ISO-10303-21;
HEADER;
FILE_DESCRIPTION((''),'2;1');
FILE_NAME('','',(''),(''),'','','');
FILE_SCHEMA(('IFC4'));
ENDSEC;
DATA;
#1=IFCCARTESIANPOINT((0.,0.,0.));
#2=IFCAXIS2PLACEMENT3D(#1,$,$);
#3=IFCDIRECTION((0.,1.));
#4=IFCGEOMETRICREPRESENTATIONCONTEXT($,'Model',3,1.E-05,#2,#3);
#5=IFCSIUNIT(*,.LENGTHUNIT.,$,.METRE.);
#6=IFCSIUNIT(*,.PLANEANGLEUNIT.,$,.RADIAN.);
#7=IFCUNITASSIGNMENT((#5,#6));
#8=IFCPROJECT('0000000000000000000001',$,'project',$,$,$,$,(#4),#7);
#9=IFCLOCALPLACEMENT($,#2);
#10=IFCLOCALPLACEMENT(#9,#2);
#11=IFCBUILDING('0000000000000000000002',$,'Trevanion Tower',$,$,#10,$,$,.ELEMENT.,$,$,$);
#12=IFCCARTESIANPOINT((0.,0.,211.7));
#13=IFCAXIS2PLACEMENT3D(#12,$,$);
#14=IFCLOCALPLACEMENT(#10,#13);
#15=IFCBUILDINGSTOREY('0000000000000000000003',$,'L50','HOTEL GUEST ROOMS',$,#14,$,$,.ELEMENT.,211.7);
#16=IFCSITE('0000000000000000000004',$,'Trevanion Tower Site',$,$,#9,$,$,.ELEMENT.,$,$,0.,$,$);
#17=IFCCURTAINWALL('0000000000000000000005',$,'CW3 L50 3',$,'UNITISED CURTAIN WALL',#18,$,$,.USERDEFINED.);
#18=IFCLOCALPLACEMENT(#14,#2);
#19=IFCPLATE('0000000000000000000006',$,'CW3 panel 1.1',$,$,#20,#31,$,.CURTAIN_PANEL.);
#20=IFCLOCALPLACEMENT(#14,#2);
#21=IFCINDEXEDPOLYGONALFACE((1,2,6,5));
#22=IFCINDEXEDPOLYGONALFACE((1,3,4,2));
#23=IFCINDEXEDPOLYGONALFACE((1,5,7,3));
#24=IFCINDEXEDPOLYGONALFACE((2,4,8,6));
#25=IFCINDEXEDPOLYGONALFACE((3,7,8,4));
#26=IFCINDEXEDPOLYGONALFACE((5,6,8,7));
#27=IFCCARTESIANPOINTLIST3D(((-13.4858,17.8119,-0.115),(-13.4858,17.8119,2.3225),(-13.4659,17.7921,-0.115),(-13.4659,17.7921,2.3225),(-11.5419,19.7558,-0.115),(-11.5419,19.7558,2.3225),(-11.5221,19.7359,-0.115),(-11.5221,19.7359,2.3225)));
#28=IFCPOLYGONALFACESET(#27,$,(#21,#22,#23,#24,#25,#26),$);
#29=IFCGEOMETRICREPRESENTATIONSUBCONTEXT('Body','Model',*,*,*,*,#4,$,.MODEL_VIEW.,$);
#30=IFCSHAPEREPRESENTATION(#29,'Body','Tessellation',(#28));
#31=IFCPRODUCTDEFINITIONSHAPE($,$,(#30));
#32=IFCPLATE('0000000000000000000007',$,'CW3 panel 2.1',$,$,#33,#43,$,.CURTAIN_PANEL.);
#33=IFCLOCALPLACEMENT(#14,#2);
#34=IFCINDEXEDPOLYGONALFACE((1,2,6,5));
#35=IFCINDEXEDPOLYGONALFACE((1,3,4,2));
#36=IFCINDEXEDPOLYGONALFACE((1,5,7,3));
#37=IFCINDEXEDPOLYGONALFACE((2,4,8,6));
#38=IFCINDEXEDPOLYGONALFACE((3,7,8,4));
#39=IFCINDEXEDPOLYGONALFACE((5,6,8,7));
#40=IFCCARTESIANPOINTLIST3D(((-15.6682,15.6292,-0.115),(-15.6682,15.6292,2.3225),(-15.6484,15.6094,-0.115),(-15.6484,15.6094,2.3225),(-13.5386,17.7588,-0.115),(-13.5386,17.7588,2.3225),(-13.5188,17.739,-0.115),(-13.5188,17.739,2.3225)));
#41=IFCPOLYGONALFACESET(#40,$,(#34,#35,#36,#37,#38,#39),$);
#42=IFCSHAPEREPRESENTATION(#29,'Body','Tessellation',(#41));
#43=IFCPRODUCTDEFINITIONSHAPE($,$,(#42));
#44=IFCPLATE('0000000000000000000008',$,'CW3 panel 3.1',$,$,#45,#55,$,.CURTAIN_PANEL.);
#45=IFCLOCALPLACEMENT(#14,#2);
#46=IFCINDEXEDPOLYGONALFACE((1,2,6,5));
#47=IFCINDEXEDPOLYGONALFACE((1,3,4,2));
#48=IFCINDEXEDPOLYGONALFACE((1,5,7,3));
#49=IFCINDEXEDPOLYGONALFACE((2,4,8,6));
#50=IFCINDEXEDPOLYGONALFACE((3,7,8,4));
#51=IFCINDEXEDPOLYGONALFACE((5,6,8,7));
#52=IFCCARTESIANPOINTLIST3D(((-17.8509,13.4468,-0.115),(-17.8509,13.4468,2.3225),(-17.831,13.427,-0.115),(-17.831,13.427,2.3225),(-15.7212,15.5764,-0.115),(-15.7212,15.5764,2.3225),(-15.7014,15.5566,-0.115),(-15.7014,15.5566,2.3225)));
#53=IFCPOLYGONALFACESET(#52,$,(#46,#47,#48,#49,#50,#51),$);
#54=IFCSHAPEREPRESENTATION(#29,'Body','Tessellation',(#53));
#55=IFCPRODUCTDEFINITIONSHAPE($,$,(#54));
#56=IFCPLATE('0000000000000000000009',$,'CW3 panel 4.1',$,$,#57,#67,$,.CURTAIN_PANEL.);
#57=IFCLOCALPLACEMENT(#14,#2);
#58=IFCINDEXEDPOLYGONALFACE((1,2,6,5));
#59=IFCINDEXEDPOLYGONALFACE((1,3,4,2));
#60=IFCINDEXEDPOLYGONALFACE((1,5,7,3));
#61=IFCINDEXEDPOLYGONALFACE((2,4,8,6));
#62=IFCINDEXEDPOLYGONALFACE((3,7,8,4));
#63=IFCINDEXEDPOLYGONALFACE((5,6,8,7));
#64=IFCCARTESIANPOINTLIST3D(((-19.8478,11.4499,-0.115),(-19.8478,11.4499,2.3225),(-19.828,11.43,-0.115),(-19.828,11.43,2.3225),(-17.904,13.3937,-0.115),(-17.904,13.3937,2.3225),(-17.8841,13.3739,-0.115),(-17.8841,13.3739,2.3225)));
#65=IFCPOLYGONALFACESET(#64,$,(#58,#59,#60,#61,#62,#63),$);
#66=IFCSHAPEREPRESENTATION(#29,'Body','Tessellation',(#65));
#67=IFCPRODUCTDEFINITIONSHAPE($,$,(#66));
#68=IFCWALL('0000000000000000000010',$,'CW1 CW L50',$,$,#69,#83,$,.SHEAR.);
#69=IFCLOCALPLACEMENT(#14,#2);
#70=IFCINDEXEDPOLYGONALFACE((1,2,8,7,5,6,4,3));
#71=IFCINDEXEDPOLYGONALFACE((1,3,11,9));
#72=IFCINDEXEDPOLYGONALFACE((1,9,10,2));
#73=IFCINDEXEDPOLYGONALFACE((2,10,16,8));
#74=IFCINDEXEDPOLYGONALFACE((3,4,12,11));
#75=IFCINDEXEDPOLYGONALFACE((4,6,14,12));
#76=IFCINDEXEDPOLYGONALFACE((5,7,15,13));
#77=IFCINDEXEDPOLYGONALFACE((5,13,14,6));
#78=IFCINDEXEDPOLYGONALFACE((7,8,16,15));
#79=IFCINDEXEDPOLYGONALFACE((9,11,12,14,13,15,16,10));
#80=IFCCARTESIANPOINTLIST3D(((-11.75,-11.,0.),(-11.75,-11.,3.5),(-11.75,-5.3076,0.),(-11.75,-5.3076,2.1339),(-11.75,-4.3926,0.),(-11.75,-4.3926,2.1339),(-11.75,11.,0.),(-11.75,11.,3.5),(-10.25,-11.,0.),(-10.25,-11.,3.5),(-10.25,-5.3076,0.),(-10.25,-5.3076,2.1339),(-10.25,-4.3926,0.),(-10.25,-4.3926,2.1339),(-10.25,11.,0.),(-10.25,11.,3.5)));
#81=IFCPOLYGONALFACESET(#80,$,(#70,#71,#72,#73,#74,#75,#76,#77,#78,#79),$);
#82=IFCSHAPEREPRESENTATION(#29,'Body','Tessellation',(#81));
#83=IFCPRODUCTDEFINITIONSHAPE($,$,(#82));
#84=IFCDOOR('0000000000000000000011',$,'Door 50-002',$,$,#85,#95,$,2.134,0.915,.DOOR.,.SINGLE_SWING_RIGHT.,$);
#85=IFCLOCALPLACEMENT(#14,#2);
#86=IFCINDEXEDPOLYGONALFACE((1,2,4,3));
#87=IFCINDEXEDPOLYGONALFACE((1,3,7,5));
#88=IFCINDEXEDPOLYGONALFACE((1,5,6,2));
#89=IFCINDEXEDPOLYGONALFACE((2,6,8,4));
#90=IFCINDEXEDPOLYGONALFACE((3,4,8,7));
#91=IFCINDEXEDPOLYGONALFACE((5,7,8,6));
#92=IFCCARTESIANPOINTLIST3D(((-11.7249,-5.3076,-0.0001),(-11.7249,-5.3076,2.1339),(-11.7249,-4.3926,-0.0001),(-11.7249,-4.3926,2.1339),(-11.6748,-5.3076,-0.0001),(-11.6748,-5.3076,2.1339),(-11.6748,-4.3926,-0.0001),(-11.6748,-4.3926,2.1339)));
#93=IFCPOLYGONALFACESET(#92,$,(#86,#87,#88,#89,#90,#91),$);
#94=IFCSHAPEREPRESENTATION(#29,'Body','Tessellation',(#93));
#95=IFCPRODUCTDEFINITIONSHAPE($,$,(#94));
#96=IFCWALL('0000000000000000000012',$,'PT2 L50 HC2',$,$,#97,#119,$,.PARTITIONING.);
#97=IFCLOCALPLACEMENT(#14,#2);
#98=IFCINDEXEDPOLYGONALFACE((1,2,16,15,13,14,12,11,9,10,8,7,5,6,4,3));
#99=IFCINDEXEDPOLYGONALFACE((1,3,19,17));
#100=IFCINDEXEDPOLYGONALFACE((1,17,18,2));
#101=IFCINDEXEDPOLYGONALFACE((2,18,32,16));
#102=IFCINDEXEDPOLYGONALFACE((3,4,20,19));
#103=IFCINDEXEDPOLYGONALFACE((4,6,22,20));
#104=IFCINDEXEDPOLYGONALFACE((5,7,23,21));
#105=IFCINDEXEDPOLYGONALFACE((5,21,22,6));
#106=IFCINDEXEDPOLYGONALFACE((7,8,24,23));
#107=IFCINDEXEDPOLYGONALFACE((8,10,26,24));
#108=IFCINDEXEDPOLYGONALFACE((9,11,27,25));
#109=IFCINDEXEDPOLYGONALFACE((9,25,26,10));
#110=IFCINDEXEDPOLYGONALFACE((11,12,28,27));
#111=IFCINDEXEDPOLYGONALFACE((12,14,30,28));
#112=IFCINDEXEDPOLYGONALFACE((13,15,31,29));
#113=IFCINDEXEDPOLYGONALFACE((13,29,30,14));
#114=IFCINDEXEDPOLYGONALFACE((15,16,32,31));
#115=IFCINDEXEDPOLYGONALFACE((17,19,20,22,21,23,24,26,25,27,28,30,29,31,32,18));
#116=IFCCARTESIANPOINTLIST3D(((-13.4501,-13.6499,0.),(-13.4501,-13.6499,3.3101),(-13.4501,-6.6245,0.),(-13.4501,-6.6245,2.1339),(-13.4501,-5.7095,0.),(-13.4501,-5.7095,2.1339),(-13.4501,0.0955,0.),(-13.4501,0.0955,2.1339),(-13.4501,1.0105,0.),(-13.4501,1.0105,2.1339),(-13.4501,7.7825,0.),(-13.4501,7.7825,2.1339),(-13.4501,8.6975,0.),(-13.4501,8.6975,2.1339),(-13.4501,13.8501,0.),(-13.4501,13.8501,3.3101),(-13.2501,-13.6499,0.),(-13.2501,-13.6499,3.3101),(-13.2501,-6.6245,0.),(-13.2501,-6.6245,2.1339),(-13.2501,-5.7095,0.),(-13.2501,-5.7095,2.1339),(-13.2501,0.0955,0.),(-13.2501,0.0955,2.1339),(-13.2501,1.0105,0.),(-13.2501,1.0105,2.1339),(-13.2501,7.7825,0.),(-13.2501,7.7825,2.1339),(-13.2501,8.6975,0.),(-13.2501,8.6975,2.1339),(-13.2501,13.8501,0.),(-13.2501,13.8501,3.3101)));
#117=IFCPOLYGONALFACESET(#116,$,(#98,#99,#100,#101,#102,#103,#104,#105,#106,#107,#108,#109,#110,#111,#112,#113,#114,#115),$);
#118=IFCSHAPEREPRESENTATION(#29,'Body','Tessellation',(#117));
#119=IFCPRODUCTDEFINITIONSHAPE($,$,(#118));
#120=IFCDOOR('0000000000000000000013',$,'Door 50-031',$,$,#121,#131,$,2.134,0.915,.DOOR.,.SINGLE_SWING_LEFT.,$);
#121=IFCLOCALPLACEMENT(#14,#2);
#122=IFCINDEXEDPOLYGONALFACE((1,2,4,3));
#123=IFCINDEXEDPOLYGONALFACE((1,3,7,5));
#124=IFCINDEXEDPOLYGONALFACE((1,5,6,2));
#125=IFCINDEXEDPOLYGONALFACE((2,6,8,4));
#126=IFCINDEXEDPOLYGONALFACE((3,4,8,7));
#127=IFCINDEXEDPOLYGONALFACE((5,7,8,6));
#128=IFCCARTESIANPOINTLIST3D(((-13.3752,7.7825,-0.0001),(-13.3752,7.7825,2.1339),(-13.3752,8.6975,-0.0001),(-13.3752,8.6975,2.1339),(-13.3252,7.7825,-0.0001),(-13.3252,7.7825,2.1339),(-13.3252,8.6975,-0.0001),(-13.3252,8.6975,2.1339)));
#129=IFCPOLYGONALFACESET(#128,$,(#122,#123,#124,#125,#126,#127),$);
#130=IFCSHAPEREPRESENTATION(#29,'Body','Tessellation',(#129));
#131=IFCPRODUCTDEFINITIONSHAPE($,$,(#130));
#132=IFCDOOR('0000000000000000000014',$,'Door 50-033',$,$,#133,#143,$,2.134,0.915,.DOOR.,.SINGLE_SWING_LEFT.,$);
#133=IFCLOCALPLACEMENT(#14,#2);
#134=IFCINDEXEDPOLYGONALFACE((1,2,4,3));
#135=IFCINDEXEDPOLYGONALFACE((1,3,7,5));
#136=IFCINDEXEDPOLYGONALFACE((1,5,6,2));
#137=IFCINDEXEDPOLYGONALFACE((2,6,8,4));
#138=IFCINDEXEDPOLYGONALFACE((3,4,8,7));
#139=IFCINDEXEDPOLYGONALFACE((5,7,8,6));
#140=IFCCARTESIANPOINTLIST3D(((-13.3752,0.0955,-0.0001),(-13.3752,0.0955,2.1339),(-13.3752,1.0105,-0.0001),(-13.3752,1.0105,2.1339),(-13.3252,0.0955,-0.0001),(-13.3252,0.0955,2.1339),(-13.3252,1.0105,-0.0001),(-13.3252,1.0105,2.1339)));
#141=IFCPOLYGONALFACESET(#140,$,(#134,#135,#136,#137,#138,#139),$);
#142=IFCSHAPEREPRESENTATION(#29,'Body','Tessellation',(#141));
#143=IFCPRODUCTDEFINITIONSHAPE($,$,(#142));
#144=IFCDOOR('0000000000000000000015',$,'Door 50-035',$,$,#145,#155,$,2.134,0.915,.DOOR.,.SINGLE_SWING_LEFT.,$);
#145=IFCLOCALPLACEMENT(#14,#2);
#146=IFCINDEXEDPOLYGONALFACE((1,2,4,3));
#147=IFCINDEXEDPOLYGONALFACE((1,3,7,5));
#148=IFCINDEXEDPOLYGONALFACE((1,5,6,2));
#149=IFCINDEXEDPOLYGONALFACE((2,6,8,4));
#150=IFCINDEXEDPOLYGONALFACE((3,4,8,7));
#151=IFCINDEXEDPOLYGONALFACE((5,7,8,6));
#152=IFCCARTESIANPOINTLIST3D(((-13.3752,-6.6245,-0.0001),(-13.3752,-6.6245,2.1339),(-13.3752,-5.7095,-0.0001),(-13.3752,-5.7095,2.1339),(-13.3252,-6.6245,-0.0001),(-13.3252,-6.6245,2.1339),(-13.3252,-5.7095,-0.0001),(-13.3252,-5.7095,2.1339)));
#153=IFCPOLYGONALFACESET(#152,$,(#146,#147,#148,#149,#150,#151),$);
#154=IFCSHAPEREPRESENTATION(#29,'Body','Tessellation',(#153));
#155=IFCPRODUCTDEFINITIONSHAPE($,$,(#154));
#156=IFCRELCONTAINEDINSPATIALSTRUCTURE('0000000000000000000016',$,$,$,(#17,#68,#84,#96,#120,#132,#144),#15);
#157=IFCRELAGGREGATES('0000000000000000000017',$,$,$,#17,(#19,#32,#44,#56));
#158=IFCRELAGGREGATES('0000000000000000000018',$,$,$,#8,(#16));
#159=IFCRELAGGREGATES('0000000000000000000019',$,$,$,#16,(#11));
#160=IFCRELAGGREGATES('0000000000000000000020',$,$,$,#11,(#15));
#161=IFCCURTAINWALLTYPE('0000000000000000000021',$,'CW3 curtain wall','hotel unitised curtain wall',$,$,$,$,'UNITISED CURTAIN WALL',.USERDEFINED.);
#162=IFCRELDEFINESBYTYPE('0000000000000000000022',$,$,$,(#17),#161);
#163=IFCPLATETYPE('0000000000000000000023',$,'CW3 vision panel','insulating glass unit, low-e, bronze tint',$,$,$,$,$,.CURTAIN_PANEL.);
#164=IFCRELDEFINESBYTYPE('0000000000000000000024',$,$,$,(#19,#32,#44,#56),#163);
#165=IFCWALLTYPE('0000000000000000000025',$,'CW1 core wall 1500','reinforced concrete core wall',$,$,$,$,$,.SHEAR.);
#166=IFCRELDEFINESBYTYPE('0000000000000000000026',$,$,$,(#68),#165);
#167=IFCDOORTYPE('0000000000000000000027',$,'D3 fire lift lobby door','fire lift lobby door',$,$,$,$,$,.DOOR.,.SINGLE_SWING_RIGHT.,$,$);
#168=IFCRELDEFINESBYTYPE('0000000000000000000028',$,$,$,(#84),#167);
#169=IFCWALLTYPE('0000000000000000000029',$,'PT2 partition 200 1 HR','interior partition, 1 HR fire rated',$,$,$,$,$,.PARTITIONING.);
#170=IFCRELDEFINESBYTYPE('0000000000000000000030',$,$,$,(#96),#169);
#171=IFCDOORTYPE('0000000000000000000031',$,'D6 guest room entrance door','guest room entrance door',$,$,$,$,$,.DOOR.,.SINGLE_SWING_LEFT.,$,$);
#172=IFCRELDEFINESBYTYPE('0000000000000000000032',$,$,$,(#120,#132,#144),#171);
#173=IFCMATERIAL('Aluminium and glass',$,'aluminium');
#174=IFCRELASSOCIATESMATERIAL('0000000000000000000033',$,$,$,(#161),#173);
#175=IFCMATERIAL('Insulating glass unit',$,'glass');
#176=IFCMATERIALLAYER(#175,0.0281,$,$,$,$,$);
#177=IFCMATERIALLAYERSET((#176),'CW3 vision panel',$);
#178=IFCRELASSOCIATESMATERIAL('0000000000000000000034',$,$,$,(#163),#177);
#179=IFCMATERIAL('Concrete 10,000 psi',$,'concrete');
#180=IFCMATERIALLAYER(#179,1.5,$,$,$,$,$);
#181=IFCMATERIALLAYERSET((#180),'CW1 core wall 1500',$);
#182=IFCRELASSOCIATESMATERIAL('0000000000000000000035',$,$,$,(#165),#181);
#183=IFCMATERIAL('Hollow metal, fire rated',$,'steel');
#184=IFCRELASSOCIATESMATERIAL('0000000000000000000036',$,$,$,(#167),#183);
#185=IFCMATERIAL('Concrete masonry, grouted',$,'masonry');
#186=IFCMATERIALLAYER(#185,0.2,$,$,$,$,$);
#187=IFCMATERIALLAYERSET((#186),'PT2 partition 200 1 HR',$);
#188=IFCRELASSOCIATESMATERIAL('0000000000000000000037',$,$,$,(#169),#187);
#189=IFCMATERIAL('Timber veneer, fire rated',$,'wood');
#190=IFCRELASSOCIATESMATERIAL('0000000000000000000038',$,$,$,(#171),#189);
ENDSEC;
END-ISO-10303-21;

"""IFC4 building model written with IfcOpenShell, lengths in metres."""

from ifc_helpers import new_model, si_unit, direction, frame, frame_2d, origin, origin_2d, place, context, subcontext, project, spatial, rectangle, extrude, material, layer, layer_set, type_object, element, fill, aggregate, save


model = new_model("IFC4")

# Units and contexts
model_context = context("Model", 3, precision=1e-05, world=origin(), true_north=direction((0.0, 1.0)))
body_context = subcontext(model_context, "Body", "Model", "MODEL_VIEW")
ifc_project = project(units=[si_unit("LENGTHUNIT", "METRE"), si_unit("PLANEANGLEUNIT", "RADIAN")], contexts=[model_context])

# Site, building, storey
site_placement = place(None, origin())
site = spatial("IfcSite", under=ifc_project, at=site_placement, Name="Trevanion Tower Site", CompositionType="ELEMENT", RefElevation=0.0)
building_placement = place(site_placement, origin())
building = spatial("IfcBuilding", under=site, at=building_placement, Name="Trevanion Tower", CompositionType="ELEMENT")
storey_placement = place(building_placement, frame((0.0, 0.0, 211.7)))
storey = spatial("IfcBuildingStorey", under=building, at=storey_placement, Name="L50", Description="HOTEL GUEST ROOMS", CompositionType="ELEMENT", Elevation=211.7)

# Curtain wall
ifc_material_1 = material(Name="Aluminium and glass", Category="aluminium")
curtain_wall_type = type_object("IfcCurtainWallType", Name="CW3 curtain wall", Description="hotel unitised curtain wall", ElementType="UNITISED CURTAIN WALL", PredefinedType="USERDEFINED", material=ifc_material_1)
curtain_wall_1_placement = place(storey_placement, origin())
curtain_wall_1 = element("IfcCurtainWall", 1, at=curtain_wall_1_placement, inside=storey, type_object=curtain_wall_type, Name="CW3 L50 3", ObjectType="UNITISED CURTAIN WALL", PredefinedType="USERDEFINED")

# Plates
ifc_material_2 = material(Name="Insulating glass unit", Category="glass")
ifc_layer_1 = layer(ifc_material_2, 0.0281)
ifc_layer_set_1 = layer_set([ifc_layer_1], Name="CW3 vision panel")
plate_type_1 = type_object("IfcPlateType", Name="CW3 vision panel", Description="insulating glass unit, low-e, bronze tint", PredefinedType="CURTAIN_PANEL", material=ifc_layer_set_1)
plate_1_placement = place(storey_placement, frame((-12.5039, 18.7739, -0.115), z_axis=(0.0, 0.0, 1.0), x_axis=(-0.707107, -0.707107, 0.0)))
plate_1 = element("IfcPlate", 2, at=plate_1_placement, type_object=plate_type_1, Name="CW3 panel 1.1", PredefinedType="CURTAIN_PANEL", context=body_context, shape_type="SweptSolid", body=[
    extrude(rectangle(XDim=2.749, YDim=0.0281, at=origin_2d()), origin(), (0.0, 0.0, 1.0), 2.4375),
])
plate_2_placement = place(storey_placement, frame((-14.5935, 16.6841, -0.115), z_axis=(0.0, 0.0, 1.0), x_axis=(-0.707107, -0.707107, 0.0)))
plate_2 = element("IfcPlate", 3, at=plate_2_placement, type_object=plate_type_1, Name="CW3 panel 2.1", PredefinedType="CURTAIN_PANEL", context=body_context, shape_type="SweptSolid", body=[
    extrude(rectangle(XDim=3.0117, YDim=0.0281, at=origin_2d()), origin(), (0.0, 0.0, 1.0), 2.4375),
])
plate_3_placement = place(storey_placement, frame((-16.7761, 14.5017, -0.115), z_axis=(0.0, 0.0, 1.0), x_axis=(-0.707107, -0.707107, 0.0)))
plate_3 = element("IfcPlate", 4, at=plate_3_placement, type_object=plate_type_1, Name="CW3 panel 3.1", PredefinedType="CURTAIN_PANEL", context=body_context, shape_type="SweptSolid", body=[
    extrude(rectangle(XDim=3.0117, YDim=0.0281, at=origin_2d()), origin(), (0.0, 0.0, 1.0), 2.4375),
])
plate_4_placement = place(storey_placement, frame((-18.866, 12.4119, -0.115), z_axis=(0.0, 0.0, 1.0), x_axis=(-0.707107, -0.707107, 0.0)))
plate_4 = element("IfcPlate", 5, at=plate_4_placement, type_object=plate_type_1, Name="CW3 panel 4.1", PredefinedType="CURTAIN_PANEL", context=body_context, shape_type="SweptSolid", body=[
    extrude(rectangle(XDim=2.749, YDim=0.0281, at=origin_2d()), origin(), (0.0, 0.0, 1.0), 2.4375),
])
aggregate(curtain_wall_1, [plate_1, plate_2, plate_3, plate_4])

# Wall, opening, door
ifc_material_3 = material(Name="Concrete 10,000 psi", Category="concrete")
ifc_layer_2 = layer(ifc_material_3, 1.5)
ifc_layer_set_2 = layer_set([ifc_layer_2], Name="CW1 core wall 1500")
wall_type_1 = type_object("IfcWallType", Name="CW1 core wall 1500", Description="reinforced concrete core wall", PredefinedType="SHEAR", material=ifc_layer_set_2)
wall_1_placement = place(storey_placement, frame((-11.0, 11.0, 0.0), z_axis=(0.0, 0.0, 1.0), x_axis=(0.0, -1.0, 0.0)))
wall_1 = element("IfcWall", 6, at=wall_1_placement, inside=storey, type_object=wall_type_1, Name="CW1 CW L50", PredefinedType="SHEAR", context=body_context, shape_type="SweptSolid", body=[
    extrude(rectangle(XDim=22.0, YDim=1.5, at=frame_2d((11.0, 0.0))), origin(), (0.0, 0.0, 1.0), 3.5),
])
opening_1_placement = place(wall_1_placement, frame((15.3926, 0.0, 0.0)))
opening_1 = element("IfcOpeningElement", 7, at=opening_1_placement, cuts=wall_1, PredefinedType="OPENING", context=body_context, shape_type="SweptSolid", body=[
    extrude(rectangle(XDim=0.915, YDim=2.134, at=frame_2d((0.4575, 1.0669))), frame((0.0, 0.76, 0.0), z_axis=(0.0, -1.0, 0.0), x_axis=(1.0, 0.0, 0.0)), (0.0, 0.0, 1.0), 1.52),
])
ifc_material_4 = material(Name="Hollow metal, fire rated", Category="steel")
door_type_1 = type_object("IfcDoorType", Name="D3 fire lift lobby door", Description="fire lift lobby door", OperationType="SINGLE_SWING_RIGHT", PredefinedType="DOOR", material=ifc_material_4)
door_1_placement = place(opening_1_placement, origin())
door_1 = element("IfcDoor", 8, at=door_1_placement, inside=storey, type_object=door_type_1, Name="Door 50-002", OperationType="SINGLE_SWING_RIGHT", OverallHeight=2.134, OverallWidth=0.915, PredefinedType="DOOR", context=body_context, shape_type="SweptSolid", body=[
    extrude(rectangle(XDim=0.915, YDim=2.134, at=frame_2d((0.4575, 1.0669))), frame((0.0, -0.6748, 0.0), z_axis=(0.0, -1.0, 0.0), x_axis=(1.0, 0.0, 0.0)), (0.0, 0.0, 1.0), 0.05),
])
fill(opening_1, door_1)

# Wall, openings, doors
ifc_material_5 = material(Name="Concrete masonry, grouted", Category="masonry")
ifc_layer_3 = layer(ifc_material_5, 0.2)
ifc_layer_set_3 = layer_set([ifc_layer_3], Name="PT2 partition 200 1 HR")
wall_type_2 = type_object("IfcWallType", Name="PT2 partition 200 1 HR", Description="interior partition, 1 HR fire rated", PredefinedType="PARTITIONING", material=ifc_layer_set_3)
wall_2_placement = place(storey_placement, frame((-13.3501, 13.8501, 0.0), z_axis=(0.0, 0.0, 1.0), x_axis=(0.0, -1.0, 0.0)))
wall_2 = element("IfcWall", 9, at=wall_2_placement, inside=storey, type_object=wall_type_2, Name="PT2 L50 HC2", PredefinedType="PARTITIONING", context=body_context, shape_type="SweptSolid", body=[
    extrude(rectangle(XDim=27.5, YDim=0.2, at=frame_2d((13.75, 0.0))), origin(), (0.0, 0.0, 1.0), 3.3101),
])
opening_2_placement = place(wall_2_placement, frame((5.1526, 0.0, 0.0)))
opening_2 = element("IfcOpeningElement", 10, at=opening_2_placement, cuts=wall_2, PredefinedType="OPENING", context=body_context, shape_type="SweptSolid", body=[
    extrude(rectangle(XDim=0.915, YDim=2.134, at=frame_2d((0.4575, 1.0669))), frame((0.0, 0.1099, 0.0), z_axis=(0.0, -1.0, 0.0), x_axis=(1.0, 0.0, 0.0)), (0.0, 0.0, 1.0), 0.22),
])
opening_3_placement = place(wall_2_placement, frame((12.8396, 0.0, 0.0)))
opening_3 = element("IfcOpeningElement", 11, at=opening_3_placement, cuts=wall_2, PredefinedType="OPENING", context=body_context, shape_type="SweptSolid", body=[
    extrude(rectangle(XDim=0.915, YDim=2.134, at=frame_2d((0.4575, 1.0669))), frame((0.0, 0.1099, 0.0), z_axis=(0.0, -1.0, 0.0), x_axis=(1.0, 0.0, 0.0)), (0.0, 0.0, 1.0), 0.22),
])
opening_4_placement = place(wall_2_placement, frame((19.5596, 0.0, 0.0)))
opening_4 = element("IfcOpeningElement", 12, at=opening_4_placement, cuts=wall_2, PredefinedType="OPENING", context=body_context, shape_type="SweptSolid", body=[
    extrude(rectangle(XDim=0.915, YDim=2.134, at=frame_2d((0.4575, 1.0669))), frame((0.0, 0.1099, 0.0), z_axis=(0.0, -1.0, 0.0), x_axis=(1.0, 0.0, 0.0)), (0.0, 0.0, 1.0), 0.22),
])
ifc_material_6 = material(Name="Timber veneer, fire rated", Category="wood")
door_type_2 = type_object("IfcDoorType", Name="D6 guest room entrance door", Description="guest room entrance door", OperationType="SINGLE_SWING_LEFT", PredefinedType="DOOR", material=ifc_material_6)
door_2_placement = place(opening_2_placement, origin())
door_2 = element("IfcDoor", 13, at=door_2_placement, inside=storey, type_object=door_type_2, Name="Door 50-031", OperationType="SINGLE_SWING_LEFT", OverallHeight=2.134, OverallWidth=0.915, PredefinedType="DOOR", context=body_context, shape_type="SweptSolid", body=[
    extrude(rectangle(XDim=0.915, YDim=2.134, at=frame_2d((0.4575, 1.0669))), frame((0.0, 0.0249, 0.0), z_axis=(0.0, -1.0, 0.0), x_axis=(1.0, 0.0, 0.0)), (0.0, 0.0, 1.0), 0.05),
])
fill(opening_2, door_2)
door_3_placement = place(opening_3_placement, origin())
door_3 = element("IfcDoor", 14, at=door_3_placement, inside=storey, type_object=door_type_2, Name="Door 50-033", OperationType="SINGLE_SWING_LEFT", OverallHeight=2.134, OverallWidth=0.915, PredefinedType="DOOR", context=body_context, shape_type="SweptSolid", body=[
    extrude(rectangle(XDim=0.915, YDim=2.134, at=frame_2d((0.4575, 1.0669))), frame((0.0, 0.0249, 0.0), z_axis=(0.0, -1.0, 0.0), x_axis=(1.0, 0.0, 0.0)), (0.0, 0.0, 1.0), 0.05),
])
fill(opening_3, door_3)
door_4_placement = place(opening_4_placement, origin())
door_4 = element("IfcDoor", 15, at=door_4_placement, inside=storey, type_object=door_type_2, Name="Door 50-035", OperationType="SINGLE_SWING_LEFT", OverallHeight=2.134, OverallWidth=0.915, PredefinedType="DOOR", context=body_context, shape_type="SweptSolid", body=[
    extrude(rectangle(XDim=0.915, YDim=2.134, at=frame_2d((0.4575, 1.0669))), frame((0.0, 0.0249, 0.0), z_axis=(0.0, -1.0, 0.0), x_axis=(1.0, 0.0, 0.0)), (0.0, 0.0, 1.0), 0.05),
])
fill(opening_4, door_4)

save(model, "model.ifc")
